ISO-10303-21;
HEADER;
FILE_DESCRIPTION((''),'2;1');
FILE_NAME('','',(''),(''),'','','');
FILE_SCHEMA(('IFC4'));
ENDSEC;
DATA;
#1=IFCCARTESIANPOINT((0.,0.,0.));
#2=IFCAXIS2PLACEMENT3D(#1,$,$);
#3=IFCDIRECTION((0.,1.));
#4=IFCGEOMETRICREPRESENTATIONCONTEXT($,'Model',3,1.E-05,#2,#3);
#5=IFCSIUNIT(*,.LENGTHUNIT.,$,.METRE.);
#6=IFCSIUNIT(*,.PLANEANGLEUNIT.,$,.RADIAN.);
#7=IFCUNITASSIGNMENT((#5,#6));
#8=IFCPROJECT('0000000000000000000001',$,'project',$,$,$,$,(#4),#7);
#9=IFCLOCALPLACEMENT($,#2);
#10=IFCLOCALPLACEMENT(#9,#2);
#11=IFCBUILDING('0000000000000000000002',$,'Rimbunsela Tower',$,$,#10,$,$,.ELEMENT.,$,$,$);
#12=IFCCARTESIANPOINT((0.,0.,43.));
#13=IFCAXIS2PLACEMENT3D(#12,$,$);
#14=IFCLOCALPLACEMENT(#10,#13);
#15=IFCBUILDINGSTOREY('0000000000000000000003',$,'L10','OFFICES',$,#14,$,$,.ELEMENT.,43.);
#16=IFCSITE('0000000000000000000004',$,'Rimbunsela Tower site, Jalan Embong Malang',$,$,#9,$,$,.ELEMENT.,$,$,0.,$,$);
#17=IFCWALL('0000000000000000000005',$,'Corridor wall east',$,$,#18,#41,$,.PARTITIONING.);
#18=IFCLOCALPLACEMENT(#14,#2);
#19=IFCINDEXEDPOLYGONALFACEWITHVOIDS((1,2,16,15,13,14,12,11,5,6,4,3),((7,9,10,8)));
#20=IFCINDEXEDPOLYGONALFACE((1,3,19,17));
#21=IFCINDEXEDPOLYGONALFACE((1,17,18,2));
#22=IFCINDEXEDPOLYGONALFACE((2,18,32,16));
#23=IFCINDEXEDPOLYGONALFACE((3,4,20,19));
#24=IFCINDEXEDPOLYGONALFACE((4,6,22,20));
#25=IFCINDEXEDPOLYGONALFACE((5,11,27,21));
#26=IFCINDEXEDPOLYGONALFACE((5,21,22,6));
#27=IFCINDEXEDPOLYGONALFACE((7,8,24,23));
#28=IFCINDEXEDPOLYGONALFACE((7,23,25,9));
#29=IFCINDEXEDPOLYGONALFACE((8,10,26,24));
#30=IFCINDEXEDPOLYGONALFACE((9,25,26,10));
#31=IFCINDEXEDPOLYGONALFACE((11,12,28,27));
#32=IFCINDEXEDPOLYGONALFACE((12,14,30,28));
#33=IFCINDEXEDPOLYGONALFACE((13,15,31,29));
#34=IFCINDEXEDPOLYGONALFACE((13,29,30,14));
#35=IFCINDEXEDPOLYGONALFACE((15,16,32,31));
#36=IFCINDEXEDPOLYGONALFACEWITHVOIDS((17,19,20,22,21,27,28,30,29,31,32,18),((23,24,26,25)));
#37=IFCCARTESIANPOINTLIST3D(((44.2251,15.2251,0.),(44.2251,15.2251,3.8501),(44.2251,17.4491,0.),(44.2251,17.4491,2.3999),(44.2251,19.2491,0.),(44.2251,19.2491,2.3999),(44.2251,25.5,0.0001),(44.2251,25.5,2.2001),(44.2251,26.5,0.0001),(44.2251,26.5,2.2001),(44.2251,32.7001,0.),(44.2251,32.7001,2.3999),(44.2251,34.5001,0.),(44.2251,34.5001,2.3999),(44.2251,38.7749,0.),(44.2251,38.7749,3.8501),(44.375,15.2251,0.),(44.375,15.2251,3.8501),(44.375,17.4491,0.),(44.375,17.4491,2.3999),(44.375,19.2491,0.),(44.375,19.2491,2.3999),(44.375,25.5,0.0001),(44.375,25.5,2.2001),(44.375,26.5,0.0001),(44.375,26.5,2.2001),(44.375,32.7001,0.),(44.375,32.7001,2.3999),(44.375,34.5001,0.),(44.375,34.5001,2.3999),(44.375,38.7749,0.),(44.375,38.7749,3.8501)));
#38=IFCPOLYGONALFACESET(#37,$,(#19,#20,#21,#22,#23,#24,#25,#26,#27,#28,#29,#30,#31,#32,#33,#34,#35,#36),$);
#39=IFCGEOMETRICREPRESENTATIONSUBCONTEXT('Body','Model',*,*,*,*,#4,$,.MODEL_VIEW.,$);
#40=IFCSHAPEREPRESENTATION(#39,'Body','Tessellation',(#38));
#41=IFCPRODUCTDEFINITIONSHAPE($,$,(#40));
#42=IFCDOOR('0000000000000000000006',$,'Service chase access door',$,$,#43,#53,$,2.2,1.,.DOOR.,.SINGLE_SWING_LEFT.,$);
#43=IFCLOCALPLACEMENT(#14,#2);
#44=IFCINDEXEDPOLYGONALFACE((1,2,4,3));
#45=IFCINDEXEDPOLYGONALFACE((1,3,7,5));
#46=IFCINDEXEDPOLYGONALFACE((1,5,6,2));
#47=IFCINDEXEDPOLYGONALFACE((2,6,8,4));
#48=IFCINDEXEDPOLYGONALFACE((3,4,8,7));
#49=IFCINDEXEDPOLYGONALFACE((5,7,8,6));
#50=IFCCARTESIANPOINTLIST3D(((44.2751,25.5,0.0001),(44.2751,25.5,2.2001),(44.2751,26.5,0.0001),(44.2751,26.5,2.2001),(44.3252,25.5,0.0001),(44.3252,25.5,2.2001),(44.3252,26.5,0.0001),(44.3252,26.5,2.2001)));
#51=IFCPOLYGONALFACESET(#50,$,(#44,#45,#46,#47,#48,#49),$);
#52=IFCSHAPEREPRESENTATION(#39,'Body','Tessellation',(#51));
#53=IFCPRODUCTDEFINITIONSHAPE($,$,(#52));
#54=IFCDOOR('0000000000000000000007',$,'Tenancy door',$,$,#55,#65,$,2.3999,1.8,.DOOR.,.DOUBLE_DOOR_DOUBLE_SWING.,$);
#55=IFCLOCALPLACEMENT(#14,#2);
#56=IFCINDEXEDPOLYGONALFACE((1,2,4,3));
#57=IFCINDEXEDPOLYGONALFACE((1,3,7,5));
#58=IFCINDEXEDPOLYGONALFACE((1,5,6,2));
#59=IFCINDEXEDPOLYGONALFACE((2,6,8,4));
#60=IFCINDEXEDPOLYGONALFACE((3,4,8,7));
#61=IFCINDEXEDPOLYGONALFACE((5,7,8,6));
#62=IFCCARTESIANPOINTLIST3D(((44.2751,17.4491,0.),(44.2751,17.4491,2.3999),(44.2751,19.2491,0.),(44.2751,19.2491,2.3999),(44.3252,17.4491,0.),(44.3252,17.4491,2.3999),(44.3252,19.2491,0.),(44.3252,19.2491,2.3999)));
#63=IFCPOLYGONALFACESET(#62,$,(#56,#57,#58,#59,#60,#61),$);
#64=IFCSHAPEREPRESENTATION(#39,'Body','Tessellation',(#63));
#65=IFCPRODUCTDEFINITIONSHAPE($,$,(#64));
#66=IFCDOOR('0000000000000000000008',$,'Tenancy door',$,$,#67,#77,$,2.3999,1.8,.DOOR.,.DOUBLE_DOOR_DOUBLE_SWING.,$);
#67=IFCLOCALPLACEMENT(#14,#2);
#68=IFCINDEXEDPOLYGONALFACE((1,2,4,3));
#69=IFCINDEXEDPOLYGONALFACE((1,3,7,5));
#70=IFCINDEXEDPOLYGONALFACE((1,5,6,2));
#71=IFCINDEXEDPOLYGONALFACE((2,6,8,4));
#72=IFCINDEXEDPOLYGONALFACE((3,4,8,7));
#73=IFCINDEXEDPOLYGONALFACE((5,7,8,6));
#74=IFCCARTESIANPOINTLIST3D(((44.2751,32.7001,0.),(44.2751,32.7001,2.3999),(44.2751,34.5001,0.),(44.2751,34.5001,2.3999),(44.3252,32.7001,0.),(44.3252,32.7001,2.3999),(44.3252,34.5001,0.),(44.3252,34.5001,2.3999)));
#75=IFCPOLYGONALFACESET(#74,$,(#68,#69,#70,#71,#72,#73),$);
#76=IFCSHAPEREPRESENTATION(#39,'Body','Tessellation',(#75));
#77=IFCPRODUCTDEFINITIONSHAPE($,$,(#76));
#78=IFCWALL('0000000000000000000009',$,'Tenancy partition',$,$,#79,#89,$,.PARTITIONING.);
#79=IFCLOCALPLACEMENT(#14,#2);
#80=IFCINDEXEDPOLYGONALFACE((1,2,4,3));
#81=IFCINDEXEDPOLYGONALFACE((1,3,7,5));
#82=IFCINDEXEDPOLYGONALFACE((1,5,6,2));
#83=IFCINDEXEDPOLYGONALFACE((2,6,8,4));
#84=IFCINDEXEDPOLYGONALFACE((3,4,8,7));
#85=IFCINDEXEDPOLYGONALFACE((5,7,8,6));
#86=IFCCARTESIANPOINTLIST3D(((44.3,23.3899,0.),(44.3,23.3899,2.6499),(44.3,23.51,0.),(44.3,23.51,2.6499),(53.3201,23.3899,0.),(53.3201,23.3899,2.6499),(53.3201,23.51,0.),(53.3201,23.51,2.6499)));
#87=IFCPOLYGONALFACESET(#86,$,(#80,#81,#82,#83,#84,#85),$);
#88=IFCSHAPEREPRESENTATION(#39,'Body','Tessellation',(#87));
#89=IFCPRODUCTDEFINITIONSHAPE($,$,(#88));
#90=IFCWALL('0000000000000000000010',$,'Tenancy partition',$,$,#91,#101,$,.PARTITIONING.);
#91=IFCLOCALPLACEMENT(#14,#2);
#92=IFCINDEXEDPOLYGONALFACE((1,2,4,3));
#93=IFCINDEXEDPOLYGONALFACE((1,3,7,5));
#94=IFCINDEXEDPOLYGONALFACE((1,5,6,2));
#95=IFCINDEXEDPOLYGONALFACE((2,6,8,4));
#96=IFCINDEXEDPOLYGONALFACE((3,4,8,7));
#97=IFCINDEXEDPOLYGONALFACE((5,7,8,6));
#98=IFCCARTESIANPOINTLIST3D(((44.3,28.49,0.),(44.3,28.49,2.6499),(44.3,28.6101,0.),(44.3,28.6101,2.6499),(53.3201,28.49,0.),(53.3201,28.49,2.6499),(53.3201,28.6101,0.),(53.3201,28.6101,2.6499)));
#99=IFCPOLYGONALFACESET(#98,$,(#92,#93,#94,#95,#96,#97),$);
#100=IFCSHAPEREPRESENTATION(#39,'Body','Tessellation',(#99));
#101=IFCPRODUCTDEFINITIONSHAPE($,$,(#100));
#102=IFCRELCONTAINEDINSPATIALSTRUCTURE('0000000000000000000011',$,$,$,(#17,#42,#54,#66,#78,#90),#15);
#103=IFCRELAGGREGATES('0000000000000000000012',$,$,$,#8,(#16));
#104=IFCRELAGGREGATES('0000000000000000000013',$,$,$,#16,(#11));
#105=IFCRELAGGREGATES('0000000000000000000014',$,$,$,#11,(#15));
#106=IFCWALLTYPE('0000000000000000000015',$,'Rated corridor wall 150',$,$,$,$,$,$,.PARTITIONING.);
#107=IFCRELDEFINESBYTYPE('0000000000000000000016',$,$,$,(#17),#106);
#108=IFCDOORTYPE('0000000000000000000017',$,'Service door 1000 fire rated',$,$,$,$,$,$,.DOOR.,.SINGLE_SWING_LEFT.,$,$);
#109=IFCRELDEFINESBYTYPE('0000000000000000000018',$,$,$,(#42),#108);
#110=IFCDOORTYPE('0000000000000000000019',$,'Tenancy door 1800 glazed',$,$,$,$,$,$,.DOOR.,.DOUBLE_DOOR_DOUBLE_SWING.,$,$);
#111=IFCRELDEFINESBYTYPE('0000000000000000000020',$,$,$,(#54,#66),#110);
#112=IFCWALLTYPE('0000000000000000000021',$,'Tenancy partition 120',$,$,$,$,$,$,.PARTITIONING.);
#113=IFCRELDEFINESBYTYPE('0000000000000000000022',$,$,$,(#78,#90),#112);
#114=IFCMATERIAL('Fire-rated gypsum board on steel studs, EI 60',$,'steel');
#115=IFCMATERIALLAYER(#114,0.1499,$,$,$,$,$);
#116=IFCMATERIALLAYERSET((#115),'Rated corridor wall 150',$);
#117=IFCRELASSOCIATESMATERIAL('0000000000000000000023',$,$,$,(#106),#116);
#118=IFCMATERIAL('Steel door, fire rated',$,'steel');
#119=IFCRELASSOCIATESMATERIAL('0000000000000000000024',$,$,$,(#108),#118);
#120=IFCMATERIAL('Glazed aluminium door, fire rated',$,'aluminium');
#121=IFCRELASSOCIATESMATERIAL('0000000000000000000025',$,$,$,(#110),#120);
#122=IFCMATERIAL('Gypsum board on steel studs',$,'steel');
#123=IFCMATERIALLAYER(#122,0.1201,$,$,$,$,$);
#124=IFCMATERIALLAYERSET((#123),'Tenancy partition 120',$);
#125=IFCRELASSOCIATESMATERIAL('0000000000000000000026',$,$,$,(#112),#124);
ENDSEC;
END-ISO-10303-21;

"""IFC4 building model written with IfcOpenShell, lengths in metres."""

from ifc_helpers import new_model, si_unit, direction, frame, frame_2d, origin, place, context, subcontext, project, spatial, rectangle, extrude, material, layer, layer_set, type_object, element, fill, save


model = new_model("IFC4")

# Units and contexts
model_context = context("Model", 3, precision=1e-05, world=origin(), true_north=direction((0.0, 1.0)))
body_context = subcontext(model_context, "Body", "Model", "MODEL_VIEW")
ifc_project = project(units=[si_unit("LENGTHUNIT", "METRE"), si_unit("PLANEANGLEUNIT", "RADIAN")], contexts=[model_context])

# Site, building, storey
site_placement = place(None, origin())
site = spatial("IfcSite", under=ifc_project, at=site_placement, Name="Rimbunsela Tower site, Jalan Embong Malang", CompositionType="ELEMENT", RefElevation=0.0)
building_placement = place(site_placement, origin())
building = spatial("IfcBuilding", under=site, at=building_placement, Name="Rimbunsela Tower", CompositionType="ELEMENT")
storey_placement = place(building_placement, frame((0.0, 0.0, 43.0)))
storey = spatial("IfcBuildingStorey", under=building, at=storey_placement, Name="L10", Description="OFFICES", CompositionType="ELEMENT", Elevation=43.0)

# Wall, openings, doors
ifc_material_1 = material(Name="Fire-rated gypsum board on steel studs, EI 60", Category="steel")
ifc_layer_1 = layer(ifc_material_1, 0.1499)
ifc_layer_set_1 = layer_set([ifc_layer_1], Name="Rated corridor wall 150")
wall_type_1 = type_object("IfcWallType", Name="Rated corridor wall 150", PredefinedType="PARTITIONING", material=ifc_layer_set_1)
wall_1_placement = place(storey_placement, frame((44.3, 15.2251, 0.0), z_axis=(0.0, 0.0, 1.0), x_axis=(0.0, 1.0, 0.0)))
wall_1 = element("IfcWall", 1, at=wall_1_placement, inside=storey, type_object=wall_type_1, Name="Corridor wall east", PredefinedType="PARTITIONING", context=body_context, shape_type="SweptSolid", body=[
    extrude(rectangle(XDim=23.5498, YDim=0.1499, at=frame_2d((11.7749, 0.0))), origin(), (0.0, 0.0, 1.0), 3.8501),
])
opening_1_placement = place(wall_1_placement, frame((2.2241, 0.0, 0.0)))
opening_1 = element("IfcOpeningElement", 2, at=opening_1_placement, cuts=wall_1, PredefinedType="OPENING", context=body_context, shape_type="SweptSolid", body=[
    extrude(rectangle(XDim=1.8, YDim=2.3999, at=frame_2d((0.8999, 1.2))), frame((0.0, 0.085, 0.0), z_axis=(0.0, -1.0, 0.0), x_axis=(1.0, 0.0, 0.0)), (0.0, 0.0, 1.0), 0.1699),
])
opening_2_placement = place(wall_1_placement, frame((17.4751, 0.0, 0.0)))
opening_2 = element("IfcOpeningElement", 3, at=opening_2_placement, cuts=wall_1, PredefinedType="OPENING", context=body_context, shape_type="SweptSolid", body=[
    extrude(rectangle(XDim=1.8, YDim=2.3999, at=frame_2d((0.8999, 1.2))), frame((0.0, 0.085, 0.0), z_axis=(0.0, -1.0, 0.0), x_axis=(1.0, 0.0, 0.0)), (0.0, 0.0, 1.0), 0.1699),
])
opening_3_placement = place(wall_1_placement, frame((10.2749, 0.0, 0.0)))
opening_3 = element("IfcOpeningElement", 4, at=opening_3_placement, cuts=wall_1, PredefinedType="OPENING", context=body_context, shape_type="SweptSolid", body=[
    extrude(rectangle(XDim=1.0, YDim=2.2, at=frame_2d((0.5, 1.1001))), frame((0.0, 0.085, 0.0), z_axis=(0.0, -1.0, 0.0), x_axis=(1.0, 0.0, 0.0)), (0.0, 0.0, 1.0), 0.1699),
])
ifc_material_2 = material(Name="Steel door, fire rated", Category="steel")
door_type_1 = type_object("IfcDoorType", Name="Service door 1000 fire rated", OperationType="SINGLE_SWING_LEFT", PredefinedType="DOOR", material=ifc_material_2)
door_1_placement = place(opening_3_placement, origin())
door_1 = element("IfcDoor", 5, at=door_1_placement, inside=storey, type_object=door_type_1, Name="Service chase access door", OperationType="SINGLE_SWING_LEFT", OverallHeight=2.2, OverallWidth=1.0, PredefinedType="DOOR", context=body_context, shape_type="SweptSolid", body=[
    extrude(rectangle(XDim=1.0, YDim=2.2, at=frame_2d((0.5, 1.1001))), frame((0.0, 0.0249, 0.0), z_axis=(0.0, -1.0, 0.0), x_axis=(1.0, 0.0, 0.0)), (0.0, 0.0, 1.0), 0.05),
])
fill(opening_3, door_1)
ifc_material_3 = material(Name="Glazed aluminium door, fire rated", Category="aluminium")
door_type_2 = type_object("IfcDoorType", Name="Tenancy door 1800 glazed", OperationType="DOUBLE_DOOR_DOUBLE_SWING", PredefinedType="DOOR", material=ifc_material_3)
door_2_placement = place(opening_1_placement, origin())
door_2 = element("IfcDoor", 6, at=door_2_placement, inside=storey, type_object=door_type_2, Name="Tenancy door", OperationType="DOUBLE_DOOR_DOUBLE_SWING", OverallHeight=2.3999, OverallWidth=1.8, PredefinedType="DOOR", context=body_context, shape_type="SweptSolid", body=[
    extrude(rectangle(XDim=1.8, YDim=2.3999, at=frame_2d((0.8999, 1.2))), frame((0.0, 0.0249, 0.0), z_axis=(0.0, -1.0, 0.0), x_axis=(1.0, 0.0, 0.0)), (0.0, 0.0, 1.0), 0.05),
])
fill(opening_1, door_2)
door_3_placement = place(opening_2_placement, origin())
door_3 = element("IfcDoor", 7, at=door_3_placement, inside=storey, type_object=door_type_2, Name="Tenancy door", OperationType="DOUBLE_DOOR_DOUBLE_SWING", OverallHeight=2.3999, OverallWidth=1.8, PredefinedType="DOOR", context=body_context, shape_type="SweptSolid", body=[
    extrude(rectangle(XDim=1.8, YDim=2.3999, at=frame_2d((0.8999, 1.2))), frame((0.0, 0.0249, 0.0), z_axis=(0.0, -1.0, 0.0), x_axis=(1.0, 0.0, 0.0)), (0.0, 0.0, 1.0), 0.05),
])
fill(opening_2, door_3)

# Walls
ifc_material_4 = material(Name="Gypsum board on steel studs", Category="steel")
ifc_layer_2 = layer(ifc_material_4, 0.1201)
ifc_layer_set_2 = layer_set([ifc_layer_2], Name="Tenancy partition 120")
wall_type_2 = type_object("IfcWallType", Name="Tenancy partition 120", PredefinedType="PARTITIONING", material=ifc_layer_set_2)
for number, where, z_axis, x_axis, name in (
    (8, (44.3, 23.45, 0.0), (0.0, 0.0, 1.0), (1.0, 0.0, 0.0), "Tenancy partition"),
    (9, (44.3, 28.55, 0.0), (0.0, 0.0, 1.0), (1.0, 0.0, 0.0), "Tenancy partition"),
):
    element("IfcWall", number, at=place(storey_placement, frame(where, z_axis=z_axis, x_axis=x_axis)), inside=storey, type_object=wall_type_2, Name=name, PredefinedType="PARTITIONING", context=body_context, shape_type="SweptSolid", body=[
        extrude(rectangle(XDim=9.02, YDim=0.1201, at=frame_2d((4.51, 0.0))), origin(), (0.0, 0.0, 1.0), 2.6499),
    ])

save(model, "model.ifc")
